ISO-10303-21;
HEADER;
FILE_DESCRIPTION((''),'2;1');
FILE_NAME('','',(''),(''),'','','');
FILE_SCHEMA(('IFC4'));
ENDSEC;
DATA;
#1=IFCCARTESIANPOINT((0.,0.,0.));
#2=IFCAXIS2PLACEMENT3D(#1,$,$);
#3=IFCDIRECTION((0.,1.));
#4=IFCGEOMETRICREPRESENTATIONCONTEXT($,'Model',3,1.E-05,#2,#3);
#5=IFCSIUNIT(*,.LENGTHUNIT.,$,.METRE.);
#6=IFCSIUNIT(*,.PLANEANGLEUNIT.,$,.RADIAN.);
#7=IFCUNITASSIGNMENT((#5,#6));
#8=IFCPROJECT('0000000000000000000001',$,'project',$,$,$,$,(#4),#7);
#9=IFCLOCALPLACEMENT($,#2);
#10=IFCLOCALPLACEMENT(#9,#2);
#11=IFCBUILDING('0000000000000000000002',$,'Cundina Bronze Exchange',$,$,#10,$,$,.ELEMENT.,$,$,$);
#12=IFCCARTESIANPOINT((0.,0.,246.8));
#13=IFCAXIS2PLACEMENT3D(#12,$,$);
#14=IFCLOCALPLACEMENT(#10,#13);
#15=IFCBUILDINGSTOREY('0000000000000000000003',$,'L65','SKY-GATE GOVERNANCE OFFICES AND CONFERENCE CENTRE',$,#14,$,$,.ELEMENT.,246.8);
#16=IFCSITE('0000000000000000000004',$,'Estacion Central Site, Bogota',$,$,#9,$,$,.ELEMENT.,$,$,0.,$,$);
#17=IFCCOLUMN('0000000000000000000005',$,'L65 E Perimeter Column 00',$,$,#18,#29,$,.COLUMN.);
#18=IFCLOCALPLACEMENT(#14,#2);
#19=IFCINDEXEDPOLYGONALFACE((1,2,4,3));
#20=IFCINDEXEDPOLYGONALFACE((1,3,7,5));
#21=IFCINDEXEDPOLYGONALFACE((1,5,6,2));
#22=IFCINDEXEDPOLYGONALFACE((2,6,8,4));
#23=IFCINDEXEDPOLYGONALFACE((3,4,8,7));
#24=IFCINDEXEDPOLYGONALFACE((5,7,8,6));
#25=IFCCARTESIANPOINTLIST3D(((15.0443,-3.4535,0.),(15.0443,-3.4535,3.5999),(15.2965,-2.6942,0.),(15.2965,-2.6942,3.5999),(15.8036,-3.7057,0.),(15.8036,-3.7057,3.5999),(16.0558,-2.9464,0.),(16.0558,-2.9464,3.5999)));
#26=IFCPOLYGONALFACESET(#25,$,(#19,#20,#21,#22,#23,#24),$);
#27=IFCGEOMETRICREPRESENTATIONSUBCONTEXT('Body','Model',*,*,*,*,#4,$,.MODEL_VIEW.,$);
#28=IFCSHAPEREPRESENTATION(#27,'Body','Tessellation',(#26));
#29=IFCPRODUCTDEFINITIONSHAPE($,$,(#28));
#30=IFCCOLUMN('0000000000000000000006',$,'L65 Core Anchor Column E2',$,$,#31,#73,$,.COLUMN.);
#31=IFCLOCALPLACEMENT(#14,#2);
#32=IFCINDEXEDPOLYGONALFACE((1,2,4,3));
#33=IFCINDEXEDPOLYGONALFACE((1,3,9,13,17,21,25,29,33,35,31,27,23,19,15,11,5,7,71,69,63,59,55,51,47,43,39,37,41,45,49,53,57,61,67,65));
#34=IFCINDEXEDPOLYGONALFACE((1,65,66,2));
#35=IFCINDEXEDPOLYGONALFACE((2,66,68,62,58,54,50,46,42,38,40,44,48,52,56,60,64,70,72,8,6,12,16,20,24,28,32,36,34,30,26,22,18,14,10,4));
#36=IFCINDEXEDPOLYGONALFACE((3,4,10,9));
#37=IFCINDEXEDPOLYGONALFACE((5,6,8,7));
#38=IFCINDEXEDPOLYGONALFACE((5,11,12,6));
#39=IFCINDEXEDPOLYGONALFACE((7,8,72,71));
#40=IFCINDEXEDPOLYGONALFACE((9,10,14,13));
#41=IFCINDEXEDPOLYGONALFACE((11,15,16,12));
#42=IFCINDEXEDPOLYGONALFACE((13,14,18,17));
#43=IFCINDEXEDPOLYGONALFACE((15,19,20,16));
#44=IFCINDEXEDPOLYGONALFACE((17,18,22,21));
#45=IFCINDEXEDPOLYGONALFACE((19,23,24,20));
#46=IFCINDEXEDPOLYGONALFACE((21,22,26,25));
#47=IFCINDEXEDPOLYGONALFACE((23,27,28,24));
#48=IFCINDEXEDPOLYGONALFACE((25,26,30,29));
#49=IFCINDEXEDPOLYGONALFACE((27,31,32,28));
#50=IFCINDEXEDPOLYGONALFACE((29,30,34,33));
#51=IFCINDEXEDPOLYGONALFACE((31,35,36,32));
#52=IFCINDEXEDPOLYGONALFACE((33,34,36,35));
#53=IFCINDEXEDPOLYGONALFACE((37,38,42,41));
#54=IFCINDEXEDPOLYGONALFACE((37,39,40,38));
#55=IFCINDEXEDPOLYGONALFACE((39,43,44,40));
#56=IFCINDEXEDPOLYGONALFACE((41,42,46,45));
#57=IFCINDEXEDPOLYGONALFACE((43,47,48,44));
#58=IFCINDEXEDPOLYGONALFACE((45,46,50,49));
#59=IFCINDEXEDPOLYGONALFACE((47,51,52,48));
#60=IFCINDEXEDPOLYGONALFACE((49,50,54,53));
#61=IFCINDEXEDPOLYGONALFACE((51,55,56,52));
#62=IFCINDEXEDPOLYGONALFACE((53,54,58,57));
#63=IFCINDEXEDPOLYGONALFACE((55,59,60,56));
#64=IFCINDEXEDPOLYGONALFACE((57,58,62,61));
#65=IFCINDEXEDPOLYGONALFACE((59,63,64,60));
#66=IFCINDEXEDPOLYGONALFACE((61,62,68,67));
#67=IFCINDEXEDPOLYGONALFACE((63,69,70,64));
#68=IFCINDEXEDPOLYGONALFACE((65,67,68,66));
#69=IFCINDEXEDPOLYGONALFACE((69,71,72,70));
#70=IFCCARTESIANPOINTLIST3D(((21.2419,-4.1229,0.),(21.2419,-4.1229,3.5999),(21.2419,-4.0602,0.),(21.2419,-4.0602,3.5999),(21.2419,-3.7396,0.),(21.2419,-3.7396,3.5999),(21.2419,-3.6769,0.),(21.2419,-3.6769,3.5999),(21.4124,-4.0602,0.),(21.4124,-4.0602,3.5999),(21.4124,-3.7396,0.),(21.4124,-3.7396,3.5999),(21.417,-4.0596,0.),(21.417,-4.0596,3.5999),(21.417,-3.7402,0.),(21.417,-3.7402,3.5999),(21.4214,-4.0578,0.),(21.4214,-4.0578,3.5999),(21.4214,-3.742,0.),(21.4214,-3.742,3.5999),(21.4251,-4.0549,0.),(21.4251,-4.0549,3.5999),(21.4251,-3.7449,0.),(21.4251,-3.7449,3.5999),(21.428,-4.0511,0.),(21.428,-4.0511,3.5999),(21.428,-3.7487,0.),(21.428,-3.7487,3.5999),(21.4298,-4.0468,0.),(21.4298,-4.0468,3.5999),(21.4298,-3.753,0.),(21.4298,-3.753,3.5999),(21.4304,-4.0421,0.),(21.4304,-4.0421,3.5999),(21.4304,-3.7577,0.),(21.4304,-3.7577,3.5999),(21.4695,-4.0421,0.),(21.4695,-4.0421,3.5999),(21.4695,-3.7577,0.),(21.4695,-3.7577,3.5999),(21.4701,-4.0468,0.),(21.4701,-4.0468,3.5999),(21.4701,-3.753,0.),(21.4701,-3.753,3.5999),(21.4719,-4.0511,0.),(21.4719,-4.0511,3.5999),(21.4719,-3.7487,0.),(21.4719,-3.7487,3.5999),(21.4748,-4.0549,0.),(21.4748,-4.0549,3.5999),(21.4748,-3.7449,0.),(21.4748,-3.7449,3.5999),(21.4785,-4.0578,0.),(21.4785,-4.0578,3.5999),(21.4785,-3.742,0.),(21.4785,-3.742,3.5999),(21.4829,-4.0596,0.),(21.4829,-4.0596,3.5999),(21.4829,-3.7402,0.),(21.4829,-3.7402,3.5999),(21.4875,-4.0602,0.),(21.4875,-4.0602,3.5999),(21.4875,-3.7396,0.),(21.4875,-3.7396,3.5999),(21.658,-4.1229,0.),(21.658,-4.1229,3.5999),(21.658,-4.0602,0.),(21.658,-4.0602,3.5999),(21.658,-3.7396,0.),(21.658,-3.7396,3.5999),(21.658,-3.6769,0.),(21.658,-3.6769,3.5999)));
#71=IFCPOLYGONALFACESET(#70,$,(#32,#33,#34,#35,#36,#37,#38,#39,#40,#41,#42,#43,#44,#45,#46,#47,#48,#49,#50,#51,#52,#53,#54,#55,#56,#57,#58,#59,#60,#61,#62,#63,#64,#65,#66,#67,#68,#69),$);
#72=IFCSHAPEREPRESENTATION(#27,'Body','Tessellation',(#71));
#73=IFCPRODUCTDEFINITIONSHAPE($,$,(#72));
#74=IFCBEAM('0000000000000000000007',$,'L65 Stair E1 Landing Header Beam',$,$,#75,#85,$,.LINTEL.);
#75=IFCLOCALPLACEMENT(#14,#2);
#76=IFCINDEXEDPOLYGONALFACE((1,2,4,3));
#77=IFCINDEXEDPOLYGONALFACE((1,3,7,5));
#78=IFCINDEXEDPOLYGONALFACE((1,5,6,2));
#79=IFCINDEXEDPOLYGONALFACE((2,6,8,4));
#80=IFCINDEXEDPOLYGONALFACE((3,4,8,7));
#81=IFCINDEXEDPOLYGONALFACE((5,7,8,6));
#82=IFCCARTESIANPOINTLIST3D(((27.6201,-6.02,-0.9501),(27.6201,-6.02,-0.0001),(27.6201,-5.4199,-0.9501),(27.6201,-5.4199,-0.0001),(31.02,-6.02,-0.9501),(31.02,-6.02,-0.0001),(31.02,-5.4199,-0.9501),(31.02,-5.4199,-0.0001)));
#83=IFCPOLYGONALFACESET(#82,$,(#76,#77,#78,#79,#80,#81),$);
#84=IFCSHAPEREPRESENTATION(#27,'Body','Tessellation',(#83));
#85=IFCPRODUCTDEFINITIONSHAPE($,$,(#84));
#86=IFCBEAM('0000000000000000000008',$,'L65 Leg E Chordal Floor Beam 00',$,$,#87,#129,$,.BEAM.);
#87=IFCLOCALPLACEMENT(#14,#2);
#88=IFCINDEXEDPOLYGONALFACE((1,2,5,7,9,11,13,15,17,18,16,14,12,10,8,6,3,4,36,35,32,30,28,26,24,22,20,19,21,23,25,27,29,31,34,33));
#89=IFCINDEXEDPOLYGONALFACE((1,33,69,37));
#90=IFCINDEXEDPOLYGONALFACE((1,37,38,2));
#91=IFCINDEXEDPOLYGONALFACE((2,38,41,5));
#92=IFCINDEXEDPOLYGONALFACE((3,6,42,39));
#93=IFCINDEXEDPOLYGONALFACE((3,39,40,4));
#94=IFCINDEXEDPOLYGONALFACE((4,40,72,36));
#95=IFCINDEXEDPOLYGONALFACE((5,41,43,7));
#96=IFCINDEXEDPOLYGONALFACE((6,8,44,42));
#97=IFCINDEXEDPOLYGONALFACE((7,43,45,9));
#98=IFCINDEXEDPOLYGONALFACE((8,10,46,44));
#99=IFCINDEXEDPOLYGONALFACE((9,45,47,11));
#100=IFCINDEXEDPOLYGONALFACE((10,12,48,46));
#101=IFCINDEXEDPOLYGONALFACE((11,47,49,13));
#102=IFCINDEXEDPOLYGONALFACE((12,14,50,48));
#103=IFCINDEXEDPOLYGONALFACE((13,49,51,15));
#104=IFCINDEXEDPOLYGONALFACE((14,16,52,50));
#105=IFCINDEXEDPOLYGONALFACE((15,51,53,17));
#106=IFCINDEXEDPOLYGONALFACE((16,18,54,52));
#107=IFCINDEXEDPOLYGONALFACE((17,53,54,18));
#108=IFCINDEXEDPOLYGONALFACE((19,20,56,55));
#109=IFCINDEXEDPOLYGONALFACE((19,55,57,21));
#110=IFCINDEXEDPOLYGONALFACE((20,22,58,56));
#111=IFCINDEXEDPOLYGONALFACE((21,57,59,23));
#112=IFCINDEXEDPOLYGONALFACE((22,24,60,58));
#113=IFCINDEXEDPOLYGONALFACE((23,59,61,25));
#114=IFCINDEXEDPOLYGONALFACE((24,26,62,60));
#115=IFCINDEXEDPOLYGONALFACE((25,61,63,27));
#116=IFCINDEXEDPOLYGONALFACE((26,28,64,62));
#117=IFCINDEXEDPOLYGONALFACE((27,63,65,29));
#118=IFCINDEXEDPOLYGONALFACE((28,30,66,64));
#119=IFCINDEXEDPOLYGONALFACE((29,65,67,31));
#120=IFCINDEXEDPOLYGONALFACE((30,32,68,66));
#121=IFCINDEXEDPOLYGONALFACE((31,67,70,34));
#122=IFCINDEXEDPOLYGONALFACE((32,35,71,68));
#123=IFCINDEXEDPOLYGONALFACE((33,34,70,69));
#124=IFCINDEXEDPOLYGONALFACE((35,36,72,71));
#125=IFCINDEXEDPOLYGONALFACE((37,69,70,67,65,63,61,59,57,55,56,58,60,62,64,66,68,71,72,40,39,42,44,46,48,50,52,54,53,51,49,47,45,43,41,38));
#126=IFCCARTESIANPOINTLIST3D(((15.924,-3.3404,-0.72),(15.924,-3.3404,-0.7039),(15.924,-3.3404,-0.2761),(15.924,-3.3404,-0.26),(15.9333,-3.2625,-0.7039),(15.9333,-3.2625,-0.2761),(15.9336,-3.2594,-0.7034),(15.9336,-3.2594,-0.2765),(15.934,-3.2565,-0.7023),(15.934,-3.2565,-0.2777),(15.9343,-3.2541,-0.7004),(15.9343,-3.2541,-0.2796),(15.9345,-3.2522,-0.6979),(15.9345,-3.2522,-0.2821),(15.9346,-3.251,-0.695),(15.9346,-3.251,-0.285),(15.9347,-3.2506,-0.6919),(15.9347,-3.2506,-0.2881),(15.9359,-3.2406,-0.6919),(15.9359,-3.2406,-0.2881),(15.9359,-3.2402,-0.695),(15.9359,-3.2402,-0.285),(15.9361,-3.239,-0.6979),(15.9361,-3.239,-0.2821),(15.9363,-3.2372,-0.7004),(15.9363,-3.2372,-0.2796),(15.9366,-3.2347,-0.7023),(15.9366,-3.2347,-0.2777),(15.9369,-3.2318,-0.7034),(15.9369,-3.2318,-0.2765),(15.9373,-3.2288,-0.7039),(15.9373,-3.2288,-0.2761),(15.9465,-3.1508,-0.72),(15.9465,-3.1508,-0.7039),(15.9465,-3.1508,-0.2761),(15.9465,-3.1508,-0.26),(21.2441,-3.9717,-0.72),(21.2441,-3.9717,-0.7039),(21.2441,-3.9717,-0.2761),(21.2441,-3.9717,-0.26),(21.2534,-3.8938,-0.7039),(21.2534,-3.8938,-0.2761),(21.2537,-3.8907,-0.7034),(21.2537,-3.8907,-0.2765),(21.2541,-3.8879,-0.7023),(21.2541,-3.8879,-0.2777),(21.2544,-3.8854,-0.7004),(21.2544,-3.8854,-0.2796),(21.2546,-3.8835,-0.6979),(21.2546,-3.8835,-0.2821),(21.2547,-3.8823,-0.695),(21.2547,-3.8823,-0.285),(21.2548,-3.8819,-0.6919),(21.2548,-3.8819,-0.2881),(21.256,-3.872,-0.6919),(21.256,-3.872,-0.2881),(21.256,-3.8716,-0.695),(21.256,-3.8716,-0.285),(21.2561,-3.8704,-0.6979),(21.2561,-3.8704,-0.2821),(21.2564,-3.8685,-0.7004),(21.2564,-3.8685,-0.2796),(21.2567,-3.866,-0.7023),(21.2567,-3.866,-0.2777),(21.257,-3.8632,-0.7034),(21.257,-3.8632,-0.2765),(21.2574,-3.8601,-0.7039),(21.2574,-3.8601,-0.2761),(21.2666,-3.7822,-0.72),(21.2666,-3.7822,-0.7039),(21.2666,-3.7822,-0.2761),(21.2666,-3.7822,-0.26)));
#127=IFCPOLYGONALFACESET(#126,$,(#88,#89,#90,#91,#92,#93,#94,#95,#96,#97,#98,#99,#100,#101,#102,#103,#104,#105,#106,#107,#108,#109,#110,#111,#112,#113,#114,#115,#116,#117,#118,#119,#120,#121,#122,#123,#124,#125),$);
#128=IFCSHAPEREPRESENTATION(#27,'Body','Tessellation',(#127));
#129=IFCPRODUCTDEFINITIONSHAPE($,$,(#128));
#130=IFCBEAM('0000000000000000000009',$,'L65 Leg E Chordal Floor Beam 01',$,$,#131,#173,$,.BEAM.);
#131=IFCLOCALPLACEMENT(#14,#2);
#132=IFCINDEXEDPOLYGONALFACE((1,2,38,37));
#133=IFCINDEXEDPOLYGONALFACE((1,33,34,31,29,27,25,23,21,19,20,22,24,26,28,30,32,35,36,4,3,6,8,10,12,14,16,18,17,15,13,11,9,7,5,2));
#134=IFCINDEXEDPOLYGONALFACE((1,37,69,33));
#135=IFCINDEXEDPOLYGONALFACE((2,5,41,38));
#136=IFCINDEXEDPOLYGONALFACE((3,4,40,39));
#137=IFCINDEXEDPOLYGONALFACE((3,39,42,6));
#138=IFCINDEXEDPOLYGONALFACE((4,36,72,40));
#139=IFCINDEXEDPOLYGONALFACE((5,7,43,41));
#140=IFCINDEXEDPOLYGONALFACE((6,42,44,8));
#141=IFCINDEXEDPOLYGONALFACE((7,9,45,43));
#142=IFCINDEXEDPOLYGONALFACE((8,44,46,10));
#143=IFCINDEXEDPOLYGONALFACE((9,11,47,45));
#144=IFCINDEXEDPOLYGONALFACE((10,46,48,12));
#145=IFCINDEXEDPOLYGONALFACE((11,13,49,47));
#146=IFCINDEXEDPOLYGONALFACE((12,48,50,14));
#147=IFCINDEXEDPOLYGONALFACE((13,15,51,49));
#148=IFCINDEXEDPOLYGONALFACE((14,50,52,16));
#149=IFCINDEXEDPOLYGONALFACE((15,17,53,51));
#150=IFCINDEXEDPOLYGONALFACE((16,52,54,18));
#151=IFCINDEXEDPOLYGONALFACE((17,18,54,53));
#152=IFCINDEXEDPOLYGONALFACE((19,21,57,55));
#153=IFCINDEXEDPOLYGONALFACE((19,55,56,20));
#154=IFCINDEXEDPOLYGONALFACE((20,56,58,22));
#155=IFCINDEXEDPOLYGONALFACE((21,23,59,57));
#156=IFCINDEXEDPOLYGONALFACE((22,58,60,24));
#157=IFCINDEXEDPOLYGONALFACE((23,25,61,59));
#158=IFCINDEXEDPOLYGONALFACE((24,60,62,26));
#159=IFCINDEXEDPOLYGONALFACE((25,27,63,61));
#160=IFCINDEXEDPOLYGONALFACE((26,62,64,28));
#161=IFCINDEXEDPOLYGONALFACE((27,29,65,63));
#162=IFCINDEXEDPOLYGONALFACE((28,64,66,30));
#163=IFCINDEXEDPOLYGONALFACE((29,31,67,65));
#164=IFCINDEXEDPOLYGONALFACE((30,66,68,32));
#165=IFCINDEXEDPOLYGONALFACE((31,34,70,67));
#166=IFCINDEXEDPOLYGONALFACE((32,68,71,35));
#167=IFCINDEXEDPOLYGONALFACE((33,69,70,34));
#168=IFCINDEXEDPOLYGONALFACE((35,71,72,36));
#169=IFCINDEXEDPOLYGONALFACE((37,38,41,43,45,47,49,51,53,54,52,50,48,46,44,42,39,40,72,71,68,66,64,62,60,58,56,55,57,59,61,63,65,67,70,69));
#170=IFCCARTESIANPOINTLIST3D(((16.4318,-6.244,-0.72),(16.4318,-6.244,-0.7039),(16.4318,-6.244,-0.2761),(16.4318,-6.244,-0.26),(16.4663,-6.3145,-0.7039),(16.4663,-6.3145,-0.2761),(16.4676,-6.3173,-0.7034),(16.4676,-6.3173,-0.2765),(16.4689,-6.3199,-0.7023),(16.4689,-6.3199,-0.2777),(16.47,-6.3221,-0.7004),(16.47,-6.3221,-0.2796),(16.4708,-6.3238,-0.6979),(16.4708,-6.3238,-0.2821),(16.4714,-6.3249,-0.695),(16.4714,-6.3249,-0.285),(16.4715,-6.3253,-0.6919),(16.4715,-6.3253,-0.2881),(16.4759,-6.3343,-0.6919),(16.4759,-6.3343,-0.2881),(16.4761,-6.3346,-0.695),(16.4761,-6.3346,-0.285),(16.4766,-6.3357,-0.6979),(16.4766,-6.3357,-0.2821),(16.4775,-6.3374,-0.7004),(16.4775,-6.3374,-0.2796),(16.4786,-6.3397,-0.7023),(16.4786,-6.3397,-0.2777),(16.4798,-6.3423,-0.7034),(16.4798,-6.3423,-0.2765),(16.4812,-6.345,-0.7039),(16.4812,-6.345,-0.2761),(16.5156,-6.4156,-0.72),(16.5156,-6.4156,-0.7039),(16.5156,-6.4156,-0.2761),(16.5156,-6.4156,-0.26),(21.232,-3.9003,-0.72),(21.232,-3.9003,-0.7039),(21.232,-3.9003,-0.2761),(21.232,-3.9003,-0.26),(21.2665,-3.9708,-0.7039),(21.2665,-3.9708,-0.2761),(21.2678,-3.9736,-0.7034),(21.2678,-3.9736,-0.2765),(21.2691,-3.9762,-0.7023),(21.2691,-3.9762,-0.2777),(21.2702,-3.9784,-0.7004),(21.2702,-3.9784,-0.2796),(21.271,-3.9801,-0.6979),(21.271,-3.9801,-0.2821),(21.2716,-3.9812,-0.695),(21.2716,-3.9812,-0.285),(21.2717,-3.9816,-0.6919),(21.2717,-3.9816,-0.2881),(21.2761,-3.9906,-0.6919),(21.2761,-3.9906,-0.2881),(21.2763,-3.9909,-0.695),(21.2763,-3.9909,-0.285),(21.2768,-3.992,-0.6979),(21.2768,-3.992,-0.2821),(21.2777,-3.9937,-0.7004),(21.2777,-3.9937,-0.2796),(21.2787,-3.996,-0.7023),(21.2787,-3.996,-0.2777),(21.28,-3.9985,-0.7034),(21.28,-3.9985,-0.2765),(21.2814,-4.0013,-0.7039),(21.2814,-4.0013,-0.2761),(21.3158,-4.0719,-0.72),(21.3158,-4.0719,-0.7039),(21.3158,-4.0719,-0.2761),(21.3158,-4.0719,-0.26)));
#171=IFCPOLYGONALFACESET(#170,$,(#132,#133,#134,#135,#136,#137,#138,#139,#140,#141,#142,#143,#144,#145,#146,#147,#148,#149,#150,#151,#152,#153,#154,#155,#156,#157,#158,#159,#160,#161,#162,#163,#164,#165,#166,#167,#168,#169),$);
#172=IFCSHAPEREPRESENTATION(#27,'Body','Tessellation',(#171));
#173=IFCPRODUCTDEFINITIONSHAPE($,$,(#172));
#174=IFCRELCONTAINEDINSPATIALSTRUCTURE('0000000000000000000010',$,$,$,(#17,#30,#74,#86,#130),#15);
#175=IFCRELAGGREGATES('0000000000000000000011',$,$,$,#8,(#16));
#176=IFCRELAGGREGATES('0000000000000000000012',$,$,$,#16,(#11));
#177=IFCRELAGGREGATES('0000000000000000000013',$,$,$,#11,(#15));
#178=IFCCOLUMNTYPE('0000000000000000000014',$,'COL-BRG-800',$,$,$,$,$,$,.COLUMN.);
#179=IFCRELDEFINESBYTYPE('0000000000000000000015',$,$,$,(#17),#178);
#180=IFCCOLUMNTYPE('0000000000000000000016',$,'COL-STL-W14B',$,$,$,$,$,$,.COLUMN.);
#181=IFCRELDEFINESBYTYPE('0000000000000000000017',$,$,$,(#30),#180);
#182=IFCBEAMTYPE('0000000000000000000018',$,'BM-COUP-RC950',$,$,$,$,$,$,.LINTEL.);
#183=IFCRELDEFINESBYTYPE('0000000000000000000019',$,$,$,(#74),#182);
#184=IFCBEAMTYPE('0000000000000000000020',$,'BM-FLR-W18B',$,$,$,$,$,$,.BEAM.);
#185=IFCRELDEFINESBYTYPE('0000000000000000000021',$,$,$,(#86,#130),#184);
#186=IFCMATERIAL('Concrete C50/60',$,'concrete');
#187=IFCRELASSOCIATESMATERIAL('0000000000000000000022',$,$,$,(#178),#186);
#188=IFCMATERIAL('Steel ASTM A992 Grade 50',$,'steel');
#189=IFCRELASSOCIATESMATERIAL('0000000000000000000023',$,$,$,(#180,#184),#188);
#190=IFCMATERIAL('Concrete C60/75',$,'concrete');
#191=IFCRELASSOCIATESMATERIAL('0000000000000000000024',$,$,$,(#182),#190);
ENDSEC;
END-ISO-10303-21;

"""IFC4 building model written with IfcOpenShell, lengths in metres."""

from ifc_helpers import new_model, si_unit, direction, frame, origin, origin_2d, place, context, subcontext, project, spatial, rectangle, i_section, extrude, material, material_profile, profile_set, type_object, element, save


model = new_model("IFC4")

# Units and contexts
model_context = context("Model", 3, precision=1e-05, world=origin(), true_north=direction((0.0, 1.0)))
body_context = subcontext(model_context, "Body", "Model", "MODEL_VIEW")
ifc_project = project(units=[si_unit("LENGTHUNIT", "METRE"), si_unit("PLANEANGLEUNIT", "RADIAN")], contexts=[model_context])

# Site, building, storey
site_placement = place(None, origin())
site = spatial("IfcSite", under=ifc_project, at=site_placement, Name="Estacion Central Site, Bogota", CompositionType="ELEMENT", RefElevation=0.0)
building_placement = place(site_placement, origin())
building = spatial("IfcBuilding", under=site, at=building_placement, Name="Cundina Bronze Exchange", CompositionType="ELEMENT")
storey_placement = place(building_placement, frame((0.0, 0.0, 246.8)))
storey = spatial("IfcBuildingStorey", under=building, at=storey_placement, Name="L65", Description="SKY-GATE GOVERNANCE OFFICES AND CONFERENCE CENTRE", CompositionType="ELEMENT", Elevation=246.8)

# Columns
ifc_material_1 = material(Name="Concrete C50/60", Category="concrete")
ifc_material_profile_1 = material_profile(ifc_material_1, rectangle(XDim=0.8, YDim=0.8, at=origin_2d()), Name="RC800X800", Category="concrete")
ifc_profile_set_1 = profile_set([ifc_material_profile_1], Name="Concrete C50/60")
column_type_1 = type_object("IfcColumnType", Name="COL-BRG-800", PredefinedType="COLUMN", material=ifc_profile_set_1)
column_1_placement = place(storey_placement, frame((15.55, -3.2, 0.0), z_axis=(0.0, 0.0, 1.0), x_axis=(-0.315152, -0.949041, 0.0)))
element("IfcColumn", 1, at=column_1_placement, inside=storey, type_object=column_type_1, Name="L65 E Perimeter Column 00", PredefinedType="COLUMN", context=body_context, shape_type="SweptSolid", body=[
    extrude(rectangle(XDim=0.8, YDim=0.8, at=origin_2d()), origin(), (0.0, 0.0, 1.0), 3.5999),
])
ifc_material_2 = material(Name="Steel ASTM A992 Grade 50", Category="steel")
ifc_material_profile_2 = material_profile(ifc_material_2, i_section(OverallWidth=0.416, OverallDepth=0.446, WebThickness=0.0391, FlangeThickness=0.0627, FilletRadius=0.0181, at=origin_2d()), Name="W14X342", Category="steel")
ifc_profile_set_2 = profile_set([ifc_material_profile_2], Name="Steel ASTM A992 Grade 50")
column_type_2 = type_object("IfcColumnType", Name="COL-STL-W14B", PredefinedType="COLUMN", material=ifc_profile_set_2)
column_2_placement = place(storey_placement, frame((21.45, -3.8999, 0.0), z_axis=(0.0, 0.0, 1.0), x_axis=(1.0, 0.0, 0.0)))
element("IfcColumn", 2, at=column_2_placement, inside=storey, type_object=column_type_2, Name="L65 Core Anchor Column E2", PredefinedType="COLUMN", context=body_context, shape_type="SweptSolid", body=[
    extrude(i_section(OverallWidth=0.416, OverallDepth=0.446, WebThickness=0.0391, FlangeThickness=0.0627, FilletRadius=0.0181, at=origin_2d()), origin(), (0.0, 0.0, 1.0), 3.5999),
])

# Beams
ifc_material_3 = material(Name="Concrete C60/75", Category="concrete")
ifc_material_profile_3 = material_profile(ifc_material_3, rectangle(XDim=0.6001, YDim=0.95, at=origin_2d()), Name="RC600X950", Category="concrete")
ifc_profile_set_3 = profile_set([ifc_material_profile_3], Name="Concrete C60/75")
beam_type_1 = type_object("IfcBeamType", Name="BM-COUP-RC950", PredefinedType="LINTEL", material=ifc_profile_set_3)
beam_1_placement = place(storey_placement, frame((27.6201, -5.72, -0.4751), z_axis=(1.0, 0.0, 0.0), x_axis=(0.0, 1.0, 0.0)))
element("IfcBeam", 3, at=beam_1_placement, inside=storey, type_object=beam_type_1, Name="L65 Stair E1 Landing Header Beam", PredefinedType="LINTEL", context=body_context, shape_type="SweptSolid", body=[
    extrude(rectangle(XDim=0.6001, YDim=0.95, at=origin_2d()), origin(), (0.0, 0.0, 1.0), 3.3999),
])
ifc_material_profile_4 = material_profile(ifc_material_2, i_section(OverallWidth=0.1909, OverallDepth=0.46, WebThickness=0.01, FlangeThickness=0.0161, FilletRadius=0.012, at=origin_2d()), Name="W18X55", Category="steel")
ifc_profile_set_4 = profile_set([ifc_material_profile_4], Name="Steel ASTM A992 Grade 50")
beam_type_2 = type_object("IfcBeamType", Name="BM-FLR-W18B", PredefinedType="BEAM", material=ifc_profile_set_4)
beam_2_placement = place(storey_placement, frame((21.2554, -3.877, -0.49), z_axis=(-0.993032, 0.117846, 0.0), x_axis=(-0.117846, -0.993032, 0.0)))
element("IfcBeam", 4, at=beam_2_placement, inside=storey, type_object=beam_type_2, Name="L65 Leg E Chordal Floor Beam 00", PredefinedType="BEAM", context=body_context, shape_type="SweptSolid", body=[
    extrude(i_section(OverallWidth=0.1909, OverallDepth=0.46, WebThickness=0.01, FlangeThickness=0.0161, FilletRadius=0.012, at=origin_2d()), origin(), (0.0, 0.0, 1.0), 5.3574),
])
beam_3_placement = place(storey_placement, frame((21.2739, -3.9861, -0.49), z_axis=(-0.89861, -0.438748, 0.0), x_axis=(0.438748, -0.89861, 0.0)))
element("IfcBeam", 5, at=beam_3_placement, inside=storey, type_object=beam_type_2, Name="L65 Leg E Chordal Floor Beam 01", PredefinedType="BEAM", context=body_context, shape_type="SweptSolid", body=[
    extrude(i_section(OverallWidth=0.1909, OverallDepth=0.46, WebThickness=0.01, FlangeThickness=0.0161, FilletRadius=0.012, at=origin_2d()), origin(), (0.0, 0.0, 1.0), 5.3418),
])

save(model, "model.ifc")
